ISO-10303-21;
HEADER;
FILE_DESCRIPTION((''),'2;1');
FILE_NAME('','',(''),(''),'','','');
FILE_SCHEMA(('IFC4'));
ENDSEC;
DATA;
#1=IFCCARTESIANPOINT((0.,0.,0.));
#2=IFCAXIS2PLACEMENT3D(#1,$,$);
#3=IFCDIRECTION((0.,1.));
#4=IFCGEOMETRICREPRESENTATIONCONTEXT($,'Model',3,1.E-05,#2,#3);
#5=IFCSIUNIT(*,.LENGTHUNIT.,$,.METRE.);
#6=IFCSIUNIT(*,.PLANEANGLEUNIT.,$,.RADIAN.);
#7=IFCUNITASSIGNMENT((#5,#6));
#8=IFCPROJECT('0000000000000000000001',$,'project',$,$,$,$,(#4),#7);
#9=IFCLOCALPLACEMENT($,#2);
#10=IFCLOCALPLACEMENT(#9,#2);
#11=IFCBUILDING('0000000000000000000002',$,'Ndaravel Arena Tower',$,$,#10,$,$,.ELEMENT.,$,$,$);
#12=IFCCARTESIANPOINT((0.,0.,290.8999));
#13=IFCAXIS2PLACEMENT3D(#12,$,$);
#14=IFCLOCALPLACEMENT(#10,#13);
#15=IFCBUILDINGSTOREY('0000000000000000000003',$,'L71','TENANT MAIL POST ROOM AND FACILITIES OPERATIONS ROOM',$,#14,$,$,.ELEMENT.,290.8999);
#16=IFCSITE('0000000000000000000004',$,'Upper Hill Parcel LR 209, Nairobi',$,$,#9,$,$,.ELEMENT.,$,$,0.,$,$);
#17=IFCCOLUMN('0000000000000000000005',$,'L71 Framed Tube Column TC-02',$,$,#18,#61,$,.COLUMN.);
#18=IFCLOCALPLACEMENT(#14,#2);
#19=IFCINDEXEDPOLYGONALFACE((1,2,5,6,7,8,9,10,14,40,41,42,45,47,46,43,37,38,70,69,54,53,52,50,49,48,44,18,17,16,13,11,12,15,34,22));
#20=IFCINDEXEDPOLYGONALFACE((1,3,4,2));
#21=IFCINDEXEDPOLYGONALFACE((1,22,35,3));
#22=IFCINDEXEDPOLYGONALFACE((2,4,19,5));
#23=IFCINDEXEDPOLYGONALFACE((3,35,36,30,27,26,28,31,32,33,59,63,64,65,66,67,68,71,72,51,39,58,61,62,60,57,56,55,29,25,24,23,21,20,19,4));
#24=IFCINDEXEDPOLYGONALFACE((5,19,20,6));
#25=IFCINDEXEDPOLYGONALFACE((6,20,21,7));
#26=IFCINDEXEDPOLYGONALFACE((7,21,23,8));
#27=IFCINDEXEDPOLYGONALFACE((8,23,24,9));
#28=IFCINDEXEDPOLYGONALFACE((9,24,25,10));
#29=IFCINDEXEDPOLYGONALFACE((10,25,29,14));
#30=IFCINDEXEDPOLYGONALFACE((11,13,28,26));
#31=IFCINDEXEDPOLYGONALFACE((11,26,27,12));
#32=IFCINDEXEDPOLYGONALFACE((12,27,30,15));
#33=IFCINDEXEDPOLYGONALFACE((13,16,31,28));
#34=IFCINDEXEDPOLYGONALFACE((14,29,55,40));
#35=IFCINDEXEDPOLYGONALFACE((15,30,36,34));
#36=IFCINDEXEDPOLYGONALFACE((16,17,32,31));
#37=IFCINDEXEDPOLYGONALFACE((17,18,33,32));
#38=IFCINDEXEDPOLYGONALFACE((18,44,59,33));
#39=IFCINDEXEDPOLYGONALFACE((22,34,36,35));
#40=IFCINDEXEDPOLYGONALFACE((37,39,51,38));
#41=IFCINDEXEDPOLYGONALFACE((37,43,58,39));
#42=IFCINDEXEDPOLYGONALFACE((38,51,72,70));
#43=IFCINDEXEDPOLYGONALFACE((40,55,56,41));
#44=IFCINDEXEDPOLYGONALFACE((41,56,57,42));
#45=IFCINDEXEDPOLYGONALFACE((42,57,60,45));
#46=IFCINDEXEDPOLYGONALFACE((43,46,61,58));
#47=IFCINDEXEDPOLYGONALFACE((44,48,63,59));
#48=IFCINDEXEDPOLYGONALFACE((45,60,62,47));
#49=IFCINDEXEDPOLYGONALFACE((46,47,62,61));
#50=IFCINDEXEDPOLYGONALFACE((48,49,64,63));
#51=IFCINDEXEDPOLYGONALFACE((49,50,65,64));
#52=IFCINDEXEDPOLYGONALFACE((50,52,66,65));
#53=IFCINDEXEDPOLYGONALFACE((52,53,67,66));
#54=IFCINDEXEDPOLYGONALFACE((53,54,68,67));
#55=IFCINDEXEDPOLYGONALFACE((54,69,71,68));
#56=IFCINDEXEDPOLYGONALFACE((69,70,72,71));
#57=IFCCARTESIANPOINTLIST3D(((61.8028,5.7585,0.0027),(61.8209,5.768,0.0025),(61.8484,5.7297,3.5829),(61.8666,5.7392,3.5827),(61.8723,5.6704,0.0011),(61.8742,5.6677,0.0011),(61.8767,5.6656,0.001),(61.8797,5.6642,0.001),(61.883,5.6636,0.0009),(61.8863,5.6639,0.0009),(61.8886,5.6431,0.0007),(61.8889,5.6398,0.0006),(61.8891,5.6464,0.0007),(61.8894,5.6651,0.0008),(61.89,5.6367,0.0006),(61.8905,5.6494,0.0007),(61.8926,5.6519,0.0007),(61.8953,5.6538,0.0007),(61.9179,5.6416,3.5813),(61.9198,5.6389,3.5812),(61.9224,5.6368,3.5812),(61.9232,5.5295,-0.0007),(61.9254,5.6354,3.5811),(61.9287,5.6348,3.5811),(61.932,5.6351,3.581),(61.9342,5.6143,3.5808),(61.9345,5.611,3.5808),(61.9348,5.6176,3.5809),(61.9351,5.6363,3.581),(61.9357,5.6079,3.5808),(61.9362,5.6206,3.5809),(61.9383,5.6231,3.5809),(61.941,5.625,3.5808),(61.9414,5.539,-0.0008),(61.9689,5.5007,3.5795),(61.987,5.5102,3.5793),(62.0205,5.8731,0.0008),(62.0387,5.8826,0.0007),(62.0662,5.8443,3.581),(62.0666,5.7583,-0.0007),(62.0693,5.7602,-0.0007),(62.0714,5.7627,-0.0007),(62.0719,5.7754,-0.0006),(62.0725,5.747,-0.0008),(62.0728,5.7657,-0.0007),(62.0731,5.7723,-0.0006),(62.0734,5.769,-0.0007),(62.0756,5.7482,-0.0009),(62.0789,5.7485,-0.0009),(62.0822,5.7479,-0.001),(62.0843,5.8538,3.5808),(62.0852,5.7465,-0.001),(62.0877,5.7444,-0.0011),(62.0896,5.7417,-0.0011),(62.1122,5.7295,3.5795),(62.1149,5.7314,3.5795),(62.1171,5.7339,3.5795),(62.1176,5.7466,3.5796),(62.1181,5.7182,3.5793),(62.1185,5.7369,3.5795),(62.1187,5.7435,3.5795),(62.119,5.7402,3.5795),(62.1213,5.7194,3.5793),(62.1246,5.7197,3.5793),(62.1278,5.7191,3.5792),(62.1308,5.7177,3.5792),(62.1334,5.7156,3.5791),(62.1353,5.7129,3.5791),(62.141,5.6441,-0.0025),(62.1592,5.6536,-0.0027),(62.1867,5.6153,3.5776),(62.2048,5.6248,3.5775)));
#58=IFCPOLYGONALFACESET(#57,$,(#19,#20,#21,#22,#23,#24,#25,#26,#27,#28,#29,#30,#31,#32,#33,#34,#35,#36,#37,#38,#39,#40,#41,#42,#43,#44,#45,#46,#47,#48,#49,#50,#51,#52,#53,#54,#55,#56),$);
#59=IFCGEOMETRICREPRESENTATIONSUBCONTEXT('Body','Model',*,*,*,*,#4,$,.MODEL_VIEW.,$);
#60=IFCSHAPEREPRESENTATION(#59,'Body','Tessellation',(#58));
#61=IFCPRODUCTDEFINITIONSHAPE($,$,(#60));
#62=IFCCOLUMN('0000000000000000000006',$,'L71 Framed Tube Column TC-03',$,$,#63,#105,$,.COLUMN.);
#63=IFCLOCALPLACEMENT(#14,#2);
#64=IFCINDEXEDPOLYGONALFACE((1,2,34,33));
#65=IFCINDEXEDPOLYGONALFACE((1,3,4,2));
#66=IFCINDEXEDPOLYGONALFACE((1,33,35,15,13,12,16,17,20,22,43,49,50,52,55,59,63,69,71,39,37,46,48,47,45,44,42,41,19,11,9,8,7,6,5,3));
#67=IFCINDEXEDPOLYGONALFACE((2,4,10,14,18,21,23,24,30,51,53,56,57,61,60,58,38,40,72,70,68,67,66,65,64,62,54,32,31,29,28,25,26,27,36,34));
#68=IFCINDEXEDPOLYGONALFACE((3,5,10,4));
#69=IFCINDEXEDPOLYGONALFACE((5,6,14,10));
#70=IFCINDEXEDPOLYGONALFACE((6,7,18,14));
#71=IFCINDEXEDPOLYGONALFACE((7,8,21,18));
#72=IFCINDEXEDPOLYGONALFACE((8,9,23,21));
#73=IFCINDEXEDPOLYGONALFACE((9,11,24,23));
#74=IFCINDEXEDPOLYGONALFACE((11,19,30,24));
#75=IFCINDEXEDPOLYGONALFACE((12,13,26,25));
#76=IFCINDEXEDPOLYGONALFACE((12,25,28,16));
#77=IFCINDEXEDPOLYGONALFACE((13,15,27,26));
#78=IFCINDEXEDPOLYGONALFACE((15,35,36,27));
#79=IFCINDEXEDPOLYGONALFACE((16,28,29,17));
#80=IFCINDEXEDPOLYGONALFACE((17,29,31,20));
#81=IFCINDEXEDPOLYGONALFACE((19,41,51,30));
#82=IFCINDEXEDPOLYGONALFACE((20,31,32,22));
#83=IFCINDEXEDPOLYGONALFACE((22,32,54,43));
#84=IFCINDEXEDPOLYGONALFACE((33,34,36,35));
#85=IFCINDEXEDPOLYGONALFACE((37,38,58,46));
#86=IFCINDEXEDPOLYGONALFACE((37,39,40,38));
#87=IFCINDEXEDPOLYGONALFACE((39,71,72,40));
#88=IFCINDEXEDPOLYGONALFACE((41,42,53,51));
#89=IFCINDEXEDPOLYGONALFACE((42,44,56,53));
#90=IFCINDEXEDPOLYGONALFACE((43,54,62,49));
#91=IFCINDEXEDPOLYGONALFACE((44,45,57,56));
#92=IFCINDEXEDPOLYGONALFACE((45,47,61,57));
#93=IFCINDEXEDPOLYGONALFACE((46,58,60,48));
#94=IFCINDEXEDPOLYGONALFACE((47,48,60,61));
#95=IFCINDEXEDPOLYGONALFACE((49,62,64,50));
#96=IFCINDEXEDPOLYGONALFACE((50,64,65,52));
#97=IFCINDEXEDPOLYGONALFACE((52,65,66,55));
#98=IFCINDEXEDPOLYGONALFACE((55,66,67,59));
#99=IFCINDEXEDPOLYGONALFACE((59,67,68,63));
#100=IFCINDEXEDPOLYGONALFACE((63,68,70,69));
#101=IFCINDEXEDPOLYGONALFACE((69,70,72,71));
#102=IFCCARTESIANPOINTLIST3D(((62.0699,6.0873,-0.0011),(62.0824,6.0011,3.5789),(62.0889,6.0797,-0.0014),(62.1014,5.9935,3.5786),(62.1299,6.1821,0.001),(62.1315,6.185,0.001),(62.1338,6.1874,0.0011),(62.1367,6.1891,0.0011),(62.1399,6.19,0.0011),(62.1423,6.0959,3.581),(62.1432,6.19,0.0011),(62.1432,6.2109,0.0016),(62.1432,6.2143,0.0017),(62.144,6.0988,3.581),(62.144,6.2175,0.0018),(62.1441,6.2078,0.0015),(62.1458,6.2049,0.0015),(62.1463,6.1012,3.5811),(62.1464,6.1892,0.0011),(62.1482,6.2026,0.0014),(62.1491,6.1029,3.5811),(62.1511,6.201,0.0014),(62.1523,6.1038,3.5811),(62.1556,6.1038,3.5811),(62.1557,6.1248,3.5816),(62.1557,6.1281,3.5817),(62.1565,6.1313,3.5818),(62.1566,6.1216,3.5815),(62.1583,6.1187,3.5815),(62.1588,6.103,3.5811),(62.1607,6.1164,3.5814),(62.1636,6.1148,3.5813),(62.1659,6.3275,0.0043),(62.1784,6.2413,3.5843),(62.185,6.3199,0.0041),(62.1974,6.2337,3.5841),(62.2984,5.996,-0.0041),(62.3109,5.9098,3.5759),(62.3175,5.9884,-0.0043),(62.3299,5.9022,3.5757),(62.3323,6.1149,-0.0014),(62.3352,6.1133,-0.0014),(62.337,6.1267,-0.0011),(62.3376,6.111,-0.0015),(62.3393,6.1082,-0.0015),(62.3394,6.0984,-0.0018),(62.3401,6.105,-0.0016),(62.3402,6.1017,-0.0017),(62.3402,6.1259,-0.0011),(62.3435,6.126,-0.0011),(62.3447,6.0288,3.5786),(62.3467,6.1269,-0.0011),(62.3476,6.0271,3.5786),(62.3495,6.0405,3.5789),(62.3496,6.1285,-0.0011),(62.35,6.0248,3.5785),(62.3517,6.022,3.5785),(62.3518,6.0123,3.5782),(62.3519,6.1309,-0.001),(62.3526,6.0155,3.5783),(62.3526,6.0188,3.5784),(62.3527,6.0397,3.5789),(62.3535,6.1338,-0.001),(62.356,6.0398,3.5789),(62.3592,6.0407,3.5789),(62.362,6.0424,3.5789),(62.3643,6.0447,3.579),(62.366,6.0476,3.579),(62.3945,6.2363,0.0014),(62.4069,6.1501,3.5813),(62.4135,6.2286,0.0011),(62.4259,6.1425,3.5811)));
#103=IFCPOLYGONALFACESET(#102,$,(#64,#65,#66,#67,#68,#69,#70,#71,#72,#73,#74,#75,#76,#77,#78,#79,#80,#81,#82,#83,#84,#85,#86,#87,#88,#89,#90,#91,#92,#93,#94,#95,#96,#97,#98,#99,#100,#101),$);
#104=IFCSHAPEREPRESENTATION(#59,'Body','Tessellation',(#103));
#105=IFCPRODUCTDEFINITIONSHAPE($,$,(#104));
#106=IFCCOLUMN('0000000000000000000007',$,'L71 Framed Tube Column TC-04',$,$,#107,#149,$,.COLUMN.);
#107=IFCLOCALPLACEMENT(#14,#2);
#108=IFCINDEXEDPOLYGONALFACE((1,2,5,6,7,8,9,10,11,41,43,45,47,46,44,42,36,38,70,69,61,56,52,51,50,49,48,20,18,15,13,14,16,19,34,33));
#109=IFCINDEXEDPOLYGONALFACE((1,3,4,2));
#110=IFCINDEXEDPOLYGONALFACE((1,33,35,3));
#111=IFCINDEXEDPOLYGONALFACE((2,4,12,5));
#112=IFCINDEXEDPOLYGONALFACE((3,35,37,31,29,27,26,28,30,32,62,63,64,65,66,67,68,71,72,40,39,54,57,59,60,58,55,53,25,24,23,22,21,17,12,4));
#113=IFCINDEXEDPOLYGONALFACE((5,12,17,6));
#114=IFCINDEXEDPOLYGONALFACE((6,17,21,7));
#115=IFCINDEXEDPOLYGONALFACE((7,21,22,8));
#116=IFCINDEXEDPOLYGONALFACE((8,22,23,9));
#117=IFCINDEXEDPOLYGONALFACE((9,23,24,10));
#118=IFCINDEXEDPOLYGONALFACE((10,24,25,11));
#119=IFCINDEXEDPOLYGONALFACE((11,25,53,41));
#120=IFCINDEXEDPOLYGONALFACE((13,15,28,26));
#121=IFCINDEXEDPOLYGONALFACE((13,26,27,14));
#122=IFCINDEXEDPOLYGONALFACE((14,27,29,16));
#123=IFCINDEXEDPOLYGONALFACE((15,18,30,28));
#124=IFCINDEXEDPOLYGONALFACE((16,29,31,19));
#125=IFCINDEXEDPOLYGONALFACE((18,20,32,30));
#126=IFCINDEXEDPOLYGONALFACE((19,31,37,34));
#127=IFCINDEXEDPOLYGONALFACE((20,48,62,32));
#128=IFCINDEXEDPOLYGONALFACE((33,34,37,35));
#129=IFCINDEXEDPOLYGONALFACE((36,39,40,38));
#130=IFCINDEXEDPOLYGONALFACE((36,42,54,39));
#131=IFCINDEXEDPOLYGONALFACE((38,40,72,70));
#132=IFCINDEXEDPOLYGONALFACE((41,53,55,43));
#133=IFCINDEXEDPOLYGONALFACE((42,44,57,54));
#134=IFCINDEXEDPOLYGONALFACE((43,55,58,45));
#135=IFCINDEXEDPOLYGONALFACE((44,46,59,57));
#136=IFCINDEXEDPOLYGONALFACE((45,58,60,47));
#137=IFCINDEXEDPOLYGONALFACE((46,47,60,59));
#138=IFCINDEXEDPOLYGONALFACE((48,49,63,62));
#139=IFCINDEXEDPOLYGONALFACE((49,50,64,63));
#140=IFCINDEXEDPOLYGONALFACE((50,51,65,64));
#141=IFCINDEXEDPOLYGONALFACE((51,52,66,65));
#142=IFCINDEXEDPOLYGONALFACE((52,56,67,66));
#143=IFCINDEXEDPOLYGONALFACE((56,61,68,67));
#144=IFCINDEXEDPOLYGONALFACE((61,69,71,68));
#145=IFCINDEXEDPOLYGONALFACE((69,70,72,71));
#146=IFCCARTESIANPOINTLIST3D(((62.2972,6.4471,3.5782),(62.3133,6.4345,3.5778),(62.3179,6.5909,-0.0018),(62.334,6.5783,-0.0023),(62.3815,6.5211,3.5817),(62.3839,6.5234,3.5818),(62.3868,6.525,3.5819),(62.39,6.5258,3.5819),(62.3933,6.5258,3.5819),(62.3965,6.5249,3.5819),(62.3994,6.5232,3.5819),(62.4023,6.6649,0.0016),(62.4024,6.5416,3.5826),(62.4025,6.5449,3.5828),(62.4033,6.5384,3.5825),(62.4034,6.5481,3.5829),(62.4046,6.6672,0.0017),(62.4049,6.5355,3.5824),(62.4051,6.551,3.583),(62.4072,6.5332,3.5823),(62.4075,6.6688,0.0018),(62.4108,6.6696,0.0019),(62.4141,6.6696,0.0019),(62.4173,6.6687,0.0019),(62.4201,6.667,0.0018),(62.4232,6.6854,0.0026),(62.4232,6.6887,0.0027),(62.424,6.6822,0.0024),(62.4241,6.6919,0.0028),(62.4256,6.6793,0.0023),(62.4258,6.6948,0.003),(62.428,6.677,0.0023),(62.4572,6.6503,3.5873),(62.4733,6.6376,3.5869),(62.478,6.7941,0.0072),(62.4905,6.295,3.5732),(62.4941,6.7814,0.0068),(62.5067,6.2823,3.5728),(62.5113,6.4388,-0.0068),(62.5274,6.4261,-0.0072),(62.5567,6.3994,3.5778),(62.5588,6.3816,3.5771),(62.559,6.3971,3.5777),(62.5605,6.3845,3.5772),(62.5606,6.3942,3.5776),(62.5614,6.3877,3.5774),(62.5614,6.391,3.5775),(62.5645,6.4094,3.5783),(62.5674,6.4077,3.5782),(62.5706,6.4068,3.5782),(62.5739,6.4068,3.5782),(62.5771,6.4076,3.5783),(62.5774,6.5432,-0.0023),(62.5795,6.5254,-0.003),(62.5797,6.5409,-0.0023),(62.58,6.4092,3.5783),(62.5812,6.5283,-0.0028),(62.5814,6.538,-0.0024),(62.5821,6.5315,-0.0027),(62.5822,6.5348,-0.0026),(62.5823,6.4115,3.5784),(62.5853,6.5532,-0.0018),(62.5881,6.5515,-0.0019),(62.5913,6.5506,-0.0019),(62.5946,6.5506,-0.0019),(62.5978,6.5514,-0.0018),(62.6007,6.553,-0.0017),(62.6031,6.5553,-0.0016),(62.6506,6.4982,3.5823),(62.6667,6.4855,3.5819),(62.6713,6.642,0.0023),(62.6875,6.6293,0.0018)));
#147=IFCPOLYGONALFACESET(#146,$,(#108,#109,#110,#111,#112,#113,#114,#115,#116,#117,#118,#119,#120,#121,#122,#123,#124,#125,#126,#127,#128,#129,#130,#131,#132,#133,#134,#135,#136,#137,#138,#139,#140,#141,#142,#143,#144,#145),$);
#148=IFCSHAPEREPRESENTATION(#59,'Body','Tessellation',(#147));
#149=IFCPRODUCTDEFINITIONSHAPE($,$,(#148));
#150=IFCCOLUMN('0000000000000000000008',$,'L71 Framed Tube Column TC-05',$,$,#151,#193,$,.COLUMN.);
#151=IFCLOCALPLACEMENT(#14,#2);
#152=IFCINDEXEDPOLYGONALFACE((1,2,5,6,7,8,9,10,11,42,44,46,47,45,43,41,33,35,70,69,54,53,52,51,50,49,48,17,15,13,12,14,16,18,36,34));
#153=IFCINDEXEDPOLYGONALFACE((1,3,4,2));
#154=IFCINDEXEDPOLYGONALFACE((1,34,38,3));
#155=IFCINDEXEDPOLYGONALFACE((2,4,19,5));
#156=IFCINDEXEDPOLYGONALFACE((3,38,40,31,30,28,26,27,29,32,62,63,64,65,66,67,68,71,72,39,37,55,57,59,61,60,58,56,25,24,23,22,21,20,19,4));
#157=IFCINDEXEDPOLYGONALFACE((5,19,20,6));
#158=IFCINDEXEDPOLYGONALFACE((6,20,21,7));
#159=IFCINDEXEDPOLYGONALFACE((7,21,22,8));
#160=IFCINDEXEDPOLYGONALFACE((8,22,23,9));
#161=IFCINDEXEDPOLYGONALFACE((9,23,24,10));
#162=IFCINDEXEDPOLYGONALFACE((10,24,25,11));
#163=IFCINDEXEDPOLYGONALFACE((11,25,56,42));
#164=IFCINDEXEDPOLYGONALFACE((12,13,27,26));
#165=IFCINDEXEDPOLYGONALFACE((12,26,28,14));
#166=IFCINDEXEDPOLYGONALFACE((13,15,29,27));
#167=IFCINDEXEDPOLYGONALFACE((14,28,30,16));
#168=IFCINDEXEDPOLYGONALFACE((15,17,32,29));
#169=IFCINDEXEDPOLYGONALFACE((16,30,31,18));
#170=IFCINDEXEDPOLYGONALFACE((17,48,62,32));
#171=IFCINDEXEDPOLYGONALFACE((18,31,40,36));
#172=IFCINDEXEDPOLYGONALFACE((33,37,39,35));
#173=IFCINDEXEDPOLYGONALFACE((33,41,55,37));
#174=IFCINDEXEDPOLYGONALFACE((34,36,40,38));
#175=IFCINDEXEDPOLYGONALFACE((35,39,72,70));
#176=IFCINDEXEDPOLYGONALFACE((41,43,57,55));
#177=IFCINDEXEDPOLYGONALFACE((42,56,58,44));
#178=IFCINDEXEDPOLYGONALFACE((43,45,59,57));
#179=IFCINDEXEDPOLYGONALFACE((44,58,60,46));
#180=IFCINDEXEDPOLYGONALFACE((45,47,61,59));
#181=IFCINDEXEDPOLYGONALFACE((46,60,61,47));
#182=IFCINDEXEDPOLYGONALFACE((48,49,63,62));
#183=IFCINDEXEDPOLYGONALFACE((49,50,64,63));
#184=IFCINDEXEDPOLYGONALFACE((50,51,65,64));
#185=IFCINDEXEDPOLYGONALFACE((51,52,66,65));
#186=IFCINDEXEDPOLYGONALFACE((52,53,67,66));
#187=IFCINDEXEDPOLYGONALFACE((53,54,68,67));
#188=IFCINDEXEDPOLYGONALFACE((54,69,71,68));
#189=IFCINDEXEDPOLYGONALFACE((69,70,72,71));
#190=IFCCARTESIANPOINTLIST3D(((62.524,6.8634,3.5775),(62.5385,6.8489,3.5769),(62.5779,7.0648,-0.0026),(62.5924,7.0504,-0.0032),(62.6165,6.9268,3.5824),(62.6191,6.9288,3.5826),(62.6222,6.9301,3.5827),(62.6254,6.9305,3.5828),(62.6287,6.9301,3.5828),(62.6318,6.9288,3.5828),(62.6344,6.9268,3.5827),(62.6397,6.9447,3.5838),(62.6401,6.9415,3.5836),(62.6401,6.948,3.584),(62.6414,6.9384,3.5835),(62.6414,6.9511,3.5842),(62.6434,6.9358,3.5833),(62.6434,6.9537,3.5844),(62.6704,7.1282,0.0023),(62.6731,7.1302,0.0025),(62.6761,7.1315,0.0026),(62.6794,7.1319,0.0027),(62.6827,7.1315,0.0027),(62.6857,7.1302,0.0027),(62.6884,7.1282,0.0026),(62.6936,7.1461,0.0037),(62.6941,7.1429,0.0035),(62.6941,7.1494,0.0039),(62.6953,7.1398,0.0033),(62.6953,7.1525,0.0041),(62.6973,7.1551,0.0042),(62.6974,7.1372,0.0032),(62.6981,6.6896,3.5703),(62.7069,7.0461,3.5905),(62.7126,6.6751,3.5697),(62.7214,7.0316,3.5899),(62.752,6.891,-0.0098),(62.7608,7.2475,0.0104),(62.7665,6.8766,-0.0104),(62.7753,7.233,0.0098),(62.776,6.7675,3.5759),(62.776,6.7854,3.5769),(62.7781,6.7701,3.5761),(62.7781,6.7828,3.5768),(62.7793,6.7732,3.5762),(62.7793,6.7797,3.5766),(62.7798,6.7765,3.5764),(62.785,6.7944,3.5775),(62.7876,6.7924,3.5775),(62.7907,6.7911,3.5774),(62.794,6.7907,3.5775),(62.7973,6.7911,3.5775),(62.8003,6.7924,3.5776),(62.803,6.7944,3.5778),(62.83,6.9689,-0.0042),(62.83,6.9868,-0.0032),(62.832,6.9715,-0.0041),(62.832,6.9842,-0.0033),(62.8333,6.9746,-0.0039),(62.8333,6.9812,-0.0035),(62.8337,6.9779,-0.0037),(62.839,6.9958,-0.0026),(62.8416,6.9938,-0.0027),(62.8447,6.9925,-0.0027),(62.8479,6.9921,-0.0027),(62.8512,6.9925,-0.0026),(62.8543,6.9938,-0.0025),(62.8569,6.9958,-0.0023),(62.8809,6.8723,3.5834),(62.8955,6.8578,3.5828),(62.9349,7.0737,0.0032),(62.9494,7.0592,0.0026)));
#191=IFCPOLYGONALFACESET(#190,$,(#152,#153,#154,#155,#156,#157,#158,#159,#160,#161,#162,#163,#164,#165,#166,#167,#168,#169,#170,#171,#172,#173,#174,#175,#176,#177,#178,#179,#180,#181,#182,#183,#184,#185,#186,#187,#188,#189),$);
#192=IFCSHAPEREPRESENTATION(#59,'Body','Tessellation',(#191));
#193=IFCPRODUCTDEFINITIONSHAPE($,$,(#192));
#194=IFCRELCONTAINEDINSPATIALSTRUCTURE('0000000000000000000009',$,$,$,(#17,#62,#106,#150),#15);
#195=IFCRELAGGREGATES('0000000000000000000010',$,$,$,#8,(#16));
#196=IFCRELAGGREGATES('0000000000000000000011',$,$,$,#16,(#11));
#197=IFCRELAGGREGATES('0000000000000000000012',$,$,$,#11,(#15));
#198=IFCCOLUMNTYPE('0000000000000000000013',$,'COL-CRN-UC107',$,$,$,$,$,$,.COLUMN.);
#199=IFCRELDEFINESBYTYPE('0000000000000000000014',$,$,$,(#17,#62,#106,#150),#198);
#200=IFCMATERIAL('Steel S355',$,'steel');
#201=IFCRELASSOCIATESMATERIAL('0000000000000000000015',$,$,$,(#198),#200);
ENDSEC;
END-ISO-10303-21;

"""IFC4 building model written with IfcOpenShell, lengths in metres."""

from ifc_helpers import new_model, si_unit, direction, frame, origin, origin_2d, place, context, subcontext, project, spatial, i_section, extrude, material, material_profile, profile_set, type_object, element, save


model = new_model("IFC4")

# Units and contexts
model_context = context("Model", 3, precision=1e-05, world=origin(), true_north=direction((0.0, 1.0)))
body_context = subcontext(model_context, "Body", "Model", "MODEL_VIEW")
ifc_project = project(units=[si_unit("LENGTHUNIT", "METRE"), si_unit("PLANEANGLEUNIT", "RADIAN")], contexts=[model_context])

# Site, building, storey
site_placement = place(None, origin())
site = spatial("IfcSite", under=ifc_project, at=site_placement, Name="Upper Hill Parcel LR 209, Nairobi", CompositionType="ELEMENT", RefElevation=0.0)
building_placement = place(site_placement, origin())
building = spatial("IfcBuilding", under=site, at=building_placement, Name="Ndaravel Arena Tower", CompositionType="ELEMENT")
storey_placement = place(building_placement, frame((0.0, 0.0, 290.8999)))
storey = spatial("IfcBuildingStorey", under=building, at=storey_placement, Name="L71", Description="TENANT MAIL POST ROOM AND FACILITIES OPERATIONS ROOM", CompositionType="ELEMENT", Elevation=290.8999)

# Columns
ifc_material_1 = material(Name="Steel S355", Category="steel")
ifc_material_profile_1 = material_profile(ifc_material_1, i_section(OverallWidth=0.2588, OverallDepth=0.2666, WebThickness=0.0127, FlangeThickness=0.0205, FilletRadius=0.0127, at=origin_2d()), Name="UC 254x254x107")
ifc_profile_set_1 = profile_set([ifc_material_profile_1], Name="Steel S355")
column_type = type_object("IfcColumnType", Name="COL-CRN-UC107", PredefinedType="COLUMN", material=ifc_profile_set_1)
column_1_placement = place(storey_placement, frame((61.981, 5.7061, 0.0), z_axis=(0.012751, -0.008046, 0.999886), x_axis=(-0.465491, 0.884956, 0.013057)))
element("IfcColumn", 1, at=column_1_placement, inside=storey, type_object=column_type, Name="L71 Framed Tube Column TC-02", PredefinedType="COLUMN", context=body_context, shape_type="SweptSolid", body=[
    extrude(i_section(OverallWidth=0.2588, OverallDepth=0.2666, WebThickness=0.0127, FlangeThickness=0.0205, FilletRadius=0.0127, at=origin_2d()), origin(), (0.0, 0.0, 1.0), 3.5806),
])
column_2_placement = place(storey_placement, frame((62.2417, 6.158, 0.0), z_axis=(0.003477, -0.024065, 0.999704), x_axis=(0.371065, 0.928368, 0.021058)))
element("IfcColumn", 2, at=column_2_placement, inside=storey, type_object=column_type, Name="L71 Framed Tube Column TC-03", PredefinedType="COLUMN", context=body_context, shape_type="SweptSolid", body=[
    extrude(i_section(OverallWidth=0.2588, OverallDepth=0.2666, WebThickness=0.0127, FlangeThickness=0.0205, FilletRadius=0.0127, at=origin_2d()), origin(), (0.0, 0.0, 1.0), 3.5811),
])
column_3_placement = place(storey_placement, frame((62.5027, 6.6101, 0.0), z_axis=(-0.005792, -0.040133, 0.999178), x_axis=(0.618468, 0.785025, 0.035117)))
element("IfcColumn", 3, at=column_3_placement, inside=storey, type_object=column_type, Name="L71 Framed Tube Column TC-04", PredefinedType="COLUMN", context=body_context, shape_type="SweptSolid", body=[
    extrude(i_section(OverallWidth=0.2588, OverallDepth=0.2666, WebThickness=0.0127, FlangeThickness=0.0205, FilletRadius=0.0127, at=origin_2d()), origin(), (0.0, 0.0, 1.0), 3.583),
])
column_4_placement = place(storey_placement, frame((62.7637, 7.062, 0.0), z_axis=(-0.015045, -0.056165, 0.998308), x_axis=(0.706681, 0.705738, 0.050355)))
element("IfcColumn", 4, at=column_4_placement, inside=storey, type_object=column_type, Name="L71 Framed Tube Column TC-05", PredefinedType="COLUMN", context=body_context, shape_type="SweptSolid", body=[
    extrude(i_section(OverallWidth=0.2588, OverallDepth=0.2666, WebThickness=0.0127, FlangeThickness=0.0205, FilletRadius=0.0127, at=origin_2d()), origin(), (0.0, 0.0, 1.0), 3.5862),
])

save(model, "model.ifc")
